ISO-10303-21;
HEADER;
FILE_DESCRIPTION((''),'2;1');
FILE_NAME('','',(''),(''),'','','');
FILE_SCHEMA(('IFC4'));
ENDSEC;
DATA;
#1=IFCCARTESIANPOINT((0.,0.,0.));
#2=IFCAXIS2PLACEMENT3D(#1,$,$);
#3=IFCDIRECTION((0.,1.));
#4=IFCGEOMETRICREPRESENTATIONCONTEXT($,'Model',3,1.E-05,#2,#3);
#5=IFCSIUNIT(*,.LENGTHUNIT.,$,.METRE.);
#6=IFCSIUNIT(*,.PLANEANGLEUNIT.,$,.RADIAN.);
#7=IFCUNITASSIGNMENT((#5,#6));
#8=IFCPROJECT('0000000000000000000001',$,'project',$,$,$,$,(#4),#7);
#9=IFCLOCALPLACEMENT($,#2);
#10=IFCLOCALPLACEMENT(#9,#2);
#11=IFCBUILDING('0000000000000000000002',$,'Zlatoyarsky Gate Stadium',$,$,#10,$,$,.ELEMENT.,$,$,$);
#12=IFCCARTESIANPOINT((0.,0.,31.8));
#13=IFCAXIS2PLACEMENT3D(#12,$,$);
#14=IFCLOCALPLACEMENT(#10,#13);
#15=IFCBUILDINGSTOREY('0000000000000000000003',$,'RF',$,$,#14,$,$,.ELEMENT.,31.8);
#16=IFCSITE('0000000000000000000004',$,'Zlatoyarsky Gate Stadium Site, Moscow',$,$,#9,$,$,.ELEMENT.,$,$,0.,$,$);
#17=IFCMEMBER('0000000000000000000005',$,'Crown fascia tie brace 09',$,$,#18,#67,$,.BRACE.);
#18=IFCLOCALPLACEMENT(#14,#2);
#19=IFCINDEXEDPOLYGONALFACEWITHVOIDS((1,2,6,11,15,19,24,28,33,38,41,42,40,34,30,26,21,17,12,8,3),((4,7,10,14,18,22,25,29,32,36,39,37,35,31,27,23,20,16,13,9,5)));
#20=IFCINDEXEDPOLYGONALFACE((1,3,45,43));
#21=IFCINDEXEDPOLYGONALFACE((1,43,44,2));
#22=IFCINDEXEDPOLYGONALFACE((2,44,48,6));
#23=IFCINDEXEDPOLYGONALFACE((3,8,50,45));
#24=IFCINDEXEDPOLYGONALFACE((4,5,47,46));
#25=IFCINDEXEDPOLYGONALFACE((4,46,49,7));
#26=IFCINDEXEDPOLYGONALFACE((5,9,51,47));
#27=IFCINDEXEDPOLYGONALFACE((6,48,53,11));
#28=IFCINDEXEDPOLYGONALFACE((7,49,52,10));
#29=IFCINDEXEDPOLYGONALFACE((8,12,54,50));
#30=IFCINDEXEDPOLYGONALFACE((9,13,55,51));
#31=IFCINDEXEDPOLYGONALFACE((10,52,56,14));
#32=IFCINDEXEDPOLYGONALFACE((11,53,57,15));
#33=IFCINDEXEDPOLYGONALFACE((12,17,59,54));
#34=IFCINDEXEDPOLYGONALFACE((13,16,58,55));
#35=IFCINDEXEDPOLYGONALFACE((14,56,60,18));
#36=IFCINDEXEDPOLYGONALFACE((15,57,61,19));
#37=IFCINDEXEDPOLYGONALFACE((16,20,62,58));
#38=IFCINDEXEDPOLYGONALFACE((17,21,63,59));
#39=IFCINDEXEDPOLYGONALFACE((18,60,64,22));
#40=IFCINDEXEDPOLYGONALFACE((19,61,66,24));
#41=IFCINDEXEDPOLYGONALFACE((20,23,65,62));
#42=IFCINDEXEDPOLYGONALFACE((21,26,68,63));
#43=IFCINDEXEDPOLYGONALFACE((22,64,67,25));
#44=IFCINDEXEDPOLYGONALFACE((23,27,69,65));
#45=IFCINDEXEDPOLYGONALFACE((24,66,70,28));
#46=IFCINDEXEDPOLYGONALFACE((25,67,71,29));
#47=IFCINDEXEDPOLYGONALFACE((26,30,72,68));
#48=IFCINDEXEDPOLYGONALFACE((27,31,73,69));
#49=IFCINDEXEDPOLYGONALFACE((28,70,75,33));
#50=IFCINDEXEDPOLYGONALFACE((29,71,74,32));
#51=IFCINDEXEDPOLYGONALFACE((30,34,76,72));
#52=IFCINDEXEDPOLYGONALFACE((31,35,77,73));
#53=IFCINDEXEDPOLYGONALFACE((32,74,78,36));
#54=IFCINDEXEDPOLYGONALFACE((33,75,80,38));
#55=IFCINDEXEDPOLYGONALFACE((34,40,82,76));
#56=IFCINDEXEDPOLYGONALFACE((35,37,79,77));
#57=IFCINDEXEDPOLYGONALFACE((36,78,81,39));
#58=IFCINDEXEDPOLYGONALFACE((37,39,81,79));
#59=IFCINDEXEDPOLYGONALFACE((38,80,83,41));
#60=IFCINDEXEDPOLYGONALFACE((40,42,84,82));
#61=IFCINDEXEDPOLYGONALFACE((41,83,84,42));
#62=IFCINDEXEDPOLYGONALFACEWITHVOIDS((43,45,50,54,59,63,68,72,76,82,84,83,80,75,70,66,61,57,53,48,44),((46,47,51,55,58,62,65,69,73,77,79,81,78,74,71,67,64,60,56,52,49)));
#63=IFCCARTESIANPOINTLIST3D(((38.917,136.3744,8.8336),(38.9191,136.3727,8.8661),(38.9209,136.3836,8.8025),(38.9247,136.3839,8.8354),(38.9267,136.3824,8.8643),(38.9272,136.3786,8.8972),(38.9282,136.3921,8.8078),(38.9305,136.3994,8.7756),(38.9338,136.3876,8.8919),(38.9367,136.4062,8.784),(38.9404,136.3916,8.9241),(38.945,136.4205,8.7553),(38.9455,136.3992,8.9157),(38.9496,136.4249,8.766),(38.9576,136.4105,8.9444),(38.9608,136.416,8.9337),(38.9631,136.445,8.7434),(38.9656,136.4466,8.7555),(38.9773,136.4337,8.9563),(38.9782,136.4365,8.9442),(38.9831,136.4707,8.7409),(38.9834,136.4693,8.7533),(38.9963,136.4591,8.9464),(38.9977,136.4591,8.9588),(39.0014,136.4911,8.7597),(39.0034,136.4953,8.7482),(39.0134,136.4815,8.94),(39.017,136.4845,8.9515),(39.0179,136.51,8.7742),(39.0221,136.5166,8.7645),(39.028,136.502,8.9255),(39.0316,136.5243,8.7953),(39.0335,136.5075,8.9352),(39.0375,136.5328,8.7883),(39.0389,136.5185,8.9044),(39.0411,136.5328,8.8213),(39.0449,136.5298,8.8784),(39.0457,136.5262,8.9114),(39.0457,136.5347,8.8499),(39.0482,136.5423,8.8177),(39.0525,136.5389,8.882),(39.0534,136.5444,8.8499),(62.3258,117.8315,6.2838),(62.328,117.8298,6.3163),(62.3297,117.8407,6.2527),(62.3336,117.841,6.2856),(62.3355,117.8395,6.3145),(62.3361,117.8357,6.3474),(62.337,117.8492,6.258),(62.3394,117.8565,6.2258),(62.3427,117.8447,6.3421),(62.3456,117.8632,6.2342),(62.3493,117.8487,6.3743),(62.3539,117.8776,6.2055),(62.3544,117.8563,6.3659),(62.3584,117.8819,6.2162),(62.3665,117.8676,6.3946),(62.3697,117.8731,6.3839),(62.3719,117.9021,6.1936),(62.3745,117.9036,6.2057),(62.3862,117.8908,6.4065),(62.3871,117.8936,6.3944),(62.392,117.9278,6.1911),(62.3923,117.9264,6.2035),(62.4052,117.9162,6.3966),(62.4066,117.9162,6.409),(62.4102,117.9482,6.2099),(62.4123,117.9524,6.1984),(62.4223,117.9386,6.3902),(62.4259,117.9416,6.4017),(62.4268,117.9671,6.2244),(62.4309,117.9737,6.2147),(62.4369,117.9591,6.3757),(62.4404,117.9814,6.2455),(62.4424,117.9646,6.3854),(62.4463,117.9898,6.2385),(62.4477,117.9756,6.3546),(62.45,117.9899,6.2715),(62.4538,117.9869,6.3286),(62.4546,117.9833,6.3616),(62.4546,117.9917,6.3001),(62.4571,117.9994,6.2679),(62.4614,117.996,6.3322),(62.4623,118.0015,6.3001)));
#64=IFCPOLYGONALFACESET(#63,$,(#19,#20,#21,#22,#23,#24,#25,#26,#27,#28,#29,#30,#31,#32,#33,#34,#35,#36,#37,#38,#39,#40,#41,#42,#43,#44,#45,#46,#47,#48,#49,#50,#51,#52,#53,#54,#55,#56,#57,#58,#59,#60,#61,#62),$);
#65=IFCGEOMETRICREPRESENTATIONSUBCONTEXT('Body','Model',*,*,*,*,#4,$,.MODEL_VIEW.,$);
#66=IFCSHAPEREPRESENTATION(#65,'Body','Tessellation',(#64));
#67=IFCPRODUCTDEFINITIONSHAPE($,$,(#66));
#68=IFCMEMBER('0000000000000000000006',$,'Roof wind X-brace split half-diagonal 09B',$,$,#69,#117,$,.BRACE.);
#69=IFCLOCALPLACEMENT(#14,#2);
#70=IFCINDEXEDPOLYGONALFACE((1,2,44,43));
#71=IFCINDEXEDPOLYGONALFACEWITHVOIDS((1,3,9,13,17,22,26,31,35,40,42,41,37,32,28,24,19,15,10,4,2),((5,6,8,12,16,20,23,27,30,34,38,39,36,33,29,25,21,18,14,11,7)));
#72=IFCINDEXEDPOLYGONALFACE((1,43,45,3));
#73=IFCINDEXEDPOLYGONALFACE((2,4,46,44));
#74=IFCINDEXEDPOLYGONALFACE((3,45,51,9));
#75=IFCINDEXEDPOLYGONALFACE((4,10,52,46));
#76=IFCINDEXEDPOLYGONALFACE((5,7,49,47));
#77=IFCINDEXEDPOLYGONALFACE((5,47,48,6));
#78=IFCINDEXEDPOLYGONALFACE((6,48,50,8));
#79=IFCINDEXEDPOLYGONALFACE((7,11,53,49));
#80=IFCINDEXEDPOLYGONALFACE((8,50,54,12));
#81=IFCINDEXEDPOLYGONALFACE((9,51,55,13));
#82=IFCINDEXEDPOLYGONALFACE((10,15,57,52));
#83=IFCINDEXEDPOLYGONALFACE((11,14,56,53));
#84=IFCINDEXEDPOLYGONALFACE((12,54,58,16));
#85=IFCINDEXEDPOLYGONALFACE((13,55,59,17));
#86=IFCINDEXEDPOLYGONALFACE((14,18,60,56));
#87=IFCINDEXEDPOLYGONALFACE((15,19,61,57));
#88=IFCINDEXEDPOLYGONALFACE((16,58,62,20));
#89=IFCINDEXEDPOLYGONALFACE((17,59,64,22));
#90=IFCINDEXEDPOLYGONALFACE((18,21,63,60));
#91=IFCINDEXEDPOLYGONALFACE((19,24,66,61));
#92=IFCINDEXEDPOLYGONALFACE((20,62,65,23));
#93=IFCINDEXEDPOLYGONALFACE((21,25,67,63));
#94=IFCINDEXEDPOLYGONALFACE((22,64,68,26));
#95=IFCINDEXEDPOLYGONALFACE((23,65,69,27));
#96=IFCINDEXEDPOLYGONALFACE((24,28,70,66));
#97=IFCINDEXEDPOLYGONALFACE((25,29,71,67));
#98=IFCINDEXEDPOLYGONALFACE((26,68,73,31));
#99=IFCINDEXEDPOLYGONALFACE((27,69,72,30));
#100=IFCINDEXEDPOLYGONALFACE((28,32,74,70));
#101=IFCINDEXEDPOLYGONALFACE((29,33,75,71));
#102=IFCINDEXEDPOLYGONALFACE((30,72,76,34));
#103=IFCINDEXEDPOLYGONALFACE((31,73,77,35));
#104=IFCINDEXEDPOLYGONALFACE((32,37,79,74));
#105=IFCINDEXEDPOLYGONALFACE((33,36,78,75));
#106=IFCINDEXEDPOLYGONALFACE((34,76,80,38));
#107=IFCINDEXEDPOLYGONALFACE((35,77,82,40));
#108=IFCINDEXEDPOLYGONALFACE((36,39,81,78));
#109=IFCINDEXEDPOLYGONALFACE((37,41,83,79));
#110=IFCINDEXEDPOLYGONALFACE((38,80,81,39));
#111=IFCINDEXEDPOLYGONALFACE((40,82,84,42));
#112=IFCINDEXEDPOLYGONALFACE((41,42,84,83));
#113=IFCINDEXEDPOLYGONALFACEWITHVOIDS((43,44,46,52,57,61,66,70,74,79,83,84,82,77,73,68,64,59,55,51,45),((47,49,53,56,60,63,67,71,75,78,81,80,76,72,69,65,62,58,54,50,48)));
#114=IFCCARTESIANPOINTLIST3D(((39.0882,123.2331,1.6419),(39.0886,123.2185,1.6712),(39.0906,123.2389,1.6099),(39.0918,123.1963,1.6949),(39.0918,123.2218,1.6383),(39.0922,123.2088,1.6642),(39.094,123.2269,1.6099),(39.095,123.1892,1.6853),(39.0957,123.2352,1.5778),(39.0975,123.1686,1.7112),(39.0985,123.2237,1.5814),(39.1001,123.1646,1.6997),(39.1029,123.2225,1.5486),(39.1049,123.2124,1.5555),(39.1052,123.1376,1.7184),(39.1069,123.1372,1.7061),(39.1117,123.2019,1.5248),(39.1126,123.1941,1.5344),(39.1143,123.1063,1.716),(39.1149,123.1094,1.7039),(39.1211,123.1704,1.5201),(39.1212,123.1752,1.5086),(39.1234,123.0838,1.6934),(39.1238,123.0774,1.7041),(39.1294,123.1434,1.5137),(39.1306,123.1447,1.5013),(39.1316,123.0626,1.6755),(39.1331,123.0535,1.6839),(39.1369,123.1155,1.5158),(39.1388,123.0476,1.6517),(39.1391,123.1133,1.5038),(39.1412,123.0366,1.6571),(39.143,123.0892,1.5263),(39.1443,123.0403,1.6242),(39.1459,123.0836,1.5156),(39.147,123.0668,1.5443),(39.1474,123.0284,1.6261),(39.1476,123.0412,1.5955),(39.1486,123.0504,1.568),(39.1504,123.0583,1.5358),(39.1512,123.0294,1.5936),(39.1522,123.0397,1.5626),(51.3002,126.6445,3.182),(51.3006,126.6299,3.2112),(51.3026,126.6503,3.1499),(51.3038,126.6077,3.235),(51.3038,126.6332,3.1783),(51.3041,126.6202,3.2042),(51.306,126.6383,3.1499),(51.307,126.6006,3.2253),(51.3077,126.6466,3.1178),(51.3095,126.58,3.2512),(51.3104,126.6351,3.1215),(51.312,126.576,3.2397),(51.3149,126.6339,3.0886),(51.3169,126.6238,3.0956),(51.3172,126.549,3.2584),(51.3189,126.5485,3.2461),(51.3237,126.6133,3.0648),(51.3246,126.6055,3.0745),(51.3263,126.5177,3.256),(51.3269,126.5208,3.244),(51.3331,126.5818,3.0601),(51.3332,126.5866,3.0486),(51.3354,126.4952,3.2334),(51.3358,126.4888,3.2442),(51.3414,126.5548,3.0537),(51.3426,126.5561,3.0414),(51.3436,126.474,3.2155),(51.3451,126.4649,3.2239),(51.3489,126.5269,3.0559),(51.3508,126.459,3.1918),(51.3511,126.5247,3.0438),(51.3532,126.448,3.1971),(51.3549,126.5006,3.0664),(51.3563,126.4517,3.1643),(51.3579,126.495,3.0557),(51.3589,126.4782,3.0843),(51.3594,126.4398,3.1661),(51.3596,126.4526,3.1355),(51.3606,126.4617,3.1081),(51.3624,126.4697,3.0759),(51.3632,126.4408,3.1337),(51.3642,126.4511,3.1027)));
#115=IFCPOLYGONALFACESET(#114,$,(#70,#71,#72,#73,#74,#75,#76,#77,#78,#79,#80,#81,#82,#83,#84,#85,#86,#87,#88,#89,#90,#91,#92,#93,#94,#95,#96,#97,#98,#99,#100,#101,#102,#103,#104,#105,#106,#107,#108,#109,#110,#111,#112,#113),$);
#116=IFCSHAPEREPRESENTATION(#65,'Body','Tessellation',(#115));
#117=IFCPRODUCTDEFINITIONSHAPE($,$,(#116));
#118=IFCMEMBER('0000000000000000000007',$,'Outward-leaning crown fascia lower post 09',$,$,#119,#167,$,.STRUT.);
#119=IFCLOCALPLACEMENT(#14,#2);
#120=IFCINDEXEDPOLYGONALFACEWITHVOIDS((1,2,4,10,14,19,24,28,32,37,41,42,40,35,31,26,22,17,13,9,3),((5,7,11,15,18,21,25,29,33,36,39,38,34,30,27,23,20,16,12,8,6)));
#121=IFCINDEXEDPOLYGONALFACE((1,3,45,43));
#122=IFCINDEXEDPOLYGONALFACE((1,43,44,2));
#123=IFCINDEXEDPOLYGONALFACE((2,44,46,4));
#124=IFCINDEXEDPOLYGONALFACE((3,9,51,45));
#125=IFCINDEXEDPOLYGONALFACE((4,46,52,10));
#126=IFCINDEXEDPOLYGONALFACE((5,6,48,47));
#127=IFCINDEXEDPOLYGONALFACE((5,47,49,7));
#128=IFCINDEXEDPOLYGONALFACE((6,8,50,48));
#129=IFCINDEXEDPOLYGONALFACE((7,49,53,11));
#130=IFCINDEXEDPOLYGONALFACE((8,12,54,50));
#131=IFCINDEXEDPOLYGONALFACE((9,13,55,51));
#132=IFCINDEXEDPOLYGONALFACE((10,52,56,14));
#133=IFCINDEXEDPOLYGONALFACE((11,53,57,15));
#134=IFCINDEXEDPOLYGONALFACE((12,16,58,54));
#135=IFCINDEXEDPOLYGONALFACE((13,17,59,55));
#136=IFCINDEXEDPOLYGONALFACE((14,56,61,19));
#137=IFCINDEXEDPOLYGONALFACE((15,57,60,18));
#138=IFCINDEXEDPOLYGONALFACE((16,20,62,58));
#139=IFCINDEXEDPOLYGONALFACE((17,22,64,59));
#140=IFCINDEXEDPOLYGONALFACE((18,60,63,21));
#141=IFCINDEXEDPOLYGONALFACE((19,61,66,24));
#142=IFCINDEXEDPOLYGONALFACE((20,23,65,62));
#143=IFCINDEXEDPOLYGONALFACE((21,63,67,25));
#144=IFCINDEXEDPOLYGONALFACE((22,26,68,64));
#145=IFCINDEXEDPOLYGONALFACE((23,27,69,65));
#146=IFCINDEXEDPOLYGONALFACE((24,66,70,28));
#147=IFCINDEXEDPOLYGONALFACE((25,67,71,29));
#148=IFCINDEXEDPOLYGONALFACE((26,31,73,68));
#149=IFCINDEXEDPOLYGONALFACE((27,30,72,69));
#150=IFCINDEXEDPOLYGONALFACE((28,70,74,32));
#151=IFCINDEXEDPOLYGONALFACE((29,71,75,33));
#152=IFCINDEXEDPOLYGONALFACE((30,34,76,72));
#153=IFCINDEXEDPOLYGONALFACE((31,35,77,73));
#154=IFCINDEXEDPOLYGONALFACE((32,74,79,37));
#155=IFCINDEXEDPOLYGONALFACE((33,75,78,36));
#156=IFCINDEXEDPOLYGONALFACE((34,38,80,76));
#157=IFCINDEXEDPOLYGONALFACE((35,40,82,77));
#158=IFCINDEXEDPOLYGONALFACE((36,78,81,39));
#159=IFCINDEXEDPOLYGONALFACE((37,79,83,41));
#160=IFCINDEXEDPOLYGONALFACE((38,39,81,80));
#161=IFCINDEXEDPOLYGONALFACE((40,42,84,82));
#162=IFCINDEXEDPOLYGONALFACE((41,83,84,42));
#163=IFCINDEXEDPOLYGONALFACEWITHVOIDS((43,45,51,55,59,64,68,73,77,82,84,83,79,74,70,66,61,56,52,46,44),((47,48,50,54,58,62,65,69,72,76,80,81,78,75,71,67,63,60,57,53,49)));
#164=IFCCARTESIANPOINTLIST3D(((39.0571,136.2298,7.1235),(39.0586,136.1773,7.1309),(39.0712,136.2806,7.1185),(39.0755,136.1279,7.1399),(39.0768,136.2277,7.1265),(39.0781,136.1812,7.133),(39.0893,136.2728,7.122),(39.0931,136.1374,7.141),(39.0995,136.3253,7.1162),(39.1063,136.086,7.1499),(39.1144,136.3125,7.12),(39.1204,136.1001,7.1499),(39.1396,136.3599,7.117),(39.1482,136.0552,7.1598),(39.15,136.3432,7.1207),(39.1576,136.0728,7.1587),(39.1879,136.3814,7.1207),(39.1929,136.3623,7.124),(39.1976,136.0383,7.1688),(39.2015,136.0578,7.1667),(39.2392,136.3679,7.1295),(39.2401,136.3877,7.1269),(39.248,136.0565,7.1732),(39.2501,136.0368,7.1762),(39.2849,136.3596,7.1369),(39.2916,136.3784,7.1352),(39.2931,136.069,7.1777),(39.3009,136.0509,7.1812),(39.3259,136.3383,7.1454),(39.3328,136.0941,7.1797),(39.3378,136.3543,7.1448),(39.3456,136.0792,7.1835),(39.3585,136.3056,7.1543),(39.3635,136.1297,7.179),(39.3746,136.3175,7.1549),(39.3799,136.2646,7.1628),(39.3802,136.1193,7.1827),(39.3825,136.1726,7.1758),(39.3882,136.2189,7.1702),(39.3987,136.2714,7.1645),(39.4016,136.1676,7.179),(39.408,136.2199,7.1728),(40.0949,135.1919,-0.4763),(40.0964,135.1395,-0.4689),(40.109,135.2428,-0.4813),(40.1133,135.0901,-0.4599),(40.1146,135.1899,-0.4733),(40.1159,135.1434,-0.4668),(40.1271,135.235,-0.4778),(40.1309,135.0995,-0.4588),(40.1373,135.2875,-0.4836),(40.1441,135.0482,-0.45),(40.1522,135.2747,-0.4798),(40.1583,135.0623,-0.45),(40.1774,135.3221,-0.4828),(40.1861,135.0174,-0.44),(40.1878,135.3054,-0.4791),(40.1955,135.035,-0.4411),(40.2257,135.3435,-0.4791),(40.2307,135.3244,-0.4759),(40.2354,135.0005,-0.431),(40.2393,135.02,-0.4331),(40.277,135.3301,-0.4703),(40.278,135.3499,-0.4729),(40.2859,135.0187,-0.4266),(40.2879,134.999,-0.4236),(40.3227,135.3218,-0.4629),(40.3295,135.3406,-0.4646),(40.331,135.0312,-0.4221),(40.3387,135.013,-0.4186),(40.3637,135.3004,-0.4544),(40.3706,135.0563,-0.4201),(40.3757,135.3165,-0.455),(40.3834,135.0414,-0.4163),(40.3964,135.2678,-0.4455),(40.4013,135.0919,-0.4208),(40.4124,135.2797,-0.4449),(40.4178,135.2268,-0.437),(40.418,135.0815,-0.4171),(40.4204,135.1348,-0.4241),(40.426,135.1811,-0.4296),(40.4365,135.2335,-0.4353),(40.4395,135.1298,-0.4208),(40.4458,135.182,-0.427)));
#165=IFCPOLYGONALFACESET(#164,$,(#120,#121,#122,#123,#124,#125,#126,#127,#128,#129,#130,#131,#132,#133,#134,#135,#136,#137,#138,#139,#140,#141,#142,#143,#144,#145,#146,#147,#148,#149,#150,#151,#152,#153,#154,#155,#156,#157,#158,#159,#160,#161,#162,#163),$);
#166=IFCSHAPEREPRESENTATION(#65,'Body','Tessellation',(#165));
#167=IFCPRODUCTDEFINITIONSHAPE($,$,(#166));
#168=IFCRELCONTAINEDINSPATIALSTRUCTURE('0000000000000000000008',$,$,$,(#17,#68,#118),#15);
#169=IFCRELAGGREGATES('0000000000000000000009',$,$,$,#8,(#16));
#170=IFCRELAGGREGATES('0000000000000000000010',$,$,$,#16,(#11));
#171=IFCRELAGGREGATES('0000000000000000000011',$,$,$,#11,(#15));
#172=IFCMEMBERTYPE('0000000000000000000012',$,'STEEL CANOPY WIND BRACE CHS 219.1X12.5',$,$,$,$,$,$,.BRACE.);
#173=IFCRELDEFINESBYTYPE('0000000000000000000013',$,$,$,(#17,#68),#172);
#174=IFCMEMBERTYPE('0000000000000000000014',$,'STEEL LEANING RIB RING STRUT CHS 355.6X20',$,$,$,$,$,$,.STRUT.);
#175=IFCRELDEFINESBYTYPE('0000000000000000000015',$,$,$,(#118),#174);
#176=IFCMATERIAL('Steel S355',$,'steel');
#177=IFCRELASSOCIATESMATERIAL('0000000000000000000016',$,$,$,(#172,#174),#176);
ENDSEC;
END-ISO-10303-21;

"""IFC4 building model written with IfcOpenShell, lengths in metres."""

from ifc_helpers import new_model, si_unit, direction, frame, origin, origin_2d, place, context, subcontext, project, spatial, hollow_circle, extrude, material, material_profile, profile_set, type_object, element, save


model = new_model("IFC4")

# Units and contexts
model_context = context("Model", 3, precision=1e-05, world=origin(), true_north=direction((0.0, 1.0)))
body_context = subcontext(model_context, "Body", "Model", "MODEL_VIEW")
ifc_project = project(units=[si_unit("LENGTHUNIT", "METRE"), si_unit("PLANEANGLEUNIT", "RADIAN")], contexts=[model_context])

# Site, building, storey
site_placement = place(None, origin())
site = spatial("IfcSite", under=ifc_project, at=site_placement, Name="Zlatoyarsky Gate Stadium Site, Moscow", CompositionType="ELEMENT", RefElevation=0.0)
building_placement = place(site_placement, origin())
building = spatial("IfcBuilding", under=site, at=building_placement, Name="Zlatoyarsky Gate Stadium", CompositionType="ELEMENT")
storey_placement = place(building_placement, frame((0.0, 0.0, 31.8)))
storey = spatial("IfcBuildingStorey", under=building, at=storey_placement, Name="RF", CompositionType="ELEMENT", Elevation=31.8)

# Members
ifc_material_1 = material(Name="Steel S355", Category="steel")
ifc_material_profile_1 = material_profile(ifc_material_1, hollow_circle(Radius=0.1096, WallThickness=0.0125, at=origin_2d()), Name="CHS 219.1X12.5")
ifc_profile_set_1 = profile_set([ifc_material_profile_1], Name="Steel S355")
member_type_1 = type_object("IfcMemberType", Name="STEEL CANOPY WIND BRACE CHS 219.1X12.5", PredefinedType="BRACE", material=ifc_profile_set_1)
member_1_placement = place(storey_placement, frame((38.9854, 136.4585, 8.8499), z_axis=(0.781027, -0.618676, -0.085073), x_axis=(0.620927, 0.783868, 0.0)))
element("IfcMember", 1, at=member_1_placement, inside=storey, type_object=member_type_1, Name="Crown fascia tie brace 09", PredefinedType="BRACE", context=body_context, shape_type="SweptSolid", body=[
    extrude(hollow_circle(Radius=0.1096, WallThickness=0.0125, at=origin_2d()), origin(), (0.0, 0.0, 1.0), 29.9719),
])
member_2_placement = place(storey_placement, frame((39.1201, 123.1333, 1.6099), z_axis=(0.9561, 0.267085, 0.120573), x_axis=(-0.269048, 0.963127, 0.0)))
element("IfcMember", 2, at=member_2_placement, inside=storey, type_object=member_type_1, Name="Roof wind X-brace split half-diagonal 09B", PredefinedType="BRACE", context=body_context, shape_type="SweptSolid", body=[
    extrude(hollow_circle(Radius=0.1096, WallThickness=0.0125, at=origin_2d()), origin(), (0.0, 0.0, 1.0), 12.7727),
])
ifc_material_profile_2 = material_profile(ifc_material_1, hollow_circle(Radius=0.1777, WallThickness=0.02, at=origin_2d()), Name="CHS 355.6X20")
ifc_profile_set_2 = profile_set([ifc_material_profile_2], Name="Steel S355")
member_type_2 = type_object("IfcMemberType", Name="STEEL LEANING RIB RING STRUT CHS 355.6X20", PredefinedType="STRUT", material=ifc_profile_set_2)
member_3_placement = place(storey_placement, frame((40.2698, 135.1738, -0.45), z_axis=(-0.134083, 0.134083, 0.981857), x_axis=(-0.707107, -0.707107, 0.0)))
element("IfcMember", 3, at=member_3_placement, inside=storey, type_object=member_type_2, Name="Outward-leaning crown fascia lower post 09", PredefinedType="STRUT", context=body_context, shape_type="SweptSolid", body=[
    extrude(hollow_circle(Radius=0.1777, WallThickness=0.02, at=origin_2d()), origin(), (0.0, 0.0, 1.0), 7.7402),
])

save(model, "model.ifc")
